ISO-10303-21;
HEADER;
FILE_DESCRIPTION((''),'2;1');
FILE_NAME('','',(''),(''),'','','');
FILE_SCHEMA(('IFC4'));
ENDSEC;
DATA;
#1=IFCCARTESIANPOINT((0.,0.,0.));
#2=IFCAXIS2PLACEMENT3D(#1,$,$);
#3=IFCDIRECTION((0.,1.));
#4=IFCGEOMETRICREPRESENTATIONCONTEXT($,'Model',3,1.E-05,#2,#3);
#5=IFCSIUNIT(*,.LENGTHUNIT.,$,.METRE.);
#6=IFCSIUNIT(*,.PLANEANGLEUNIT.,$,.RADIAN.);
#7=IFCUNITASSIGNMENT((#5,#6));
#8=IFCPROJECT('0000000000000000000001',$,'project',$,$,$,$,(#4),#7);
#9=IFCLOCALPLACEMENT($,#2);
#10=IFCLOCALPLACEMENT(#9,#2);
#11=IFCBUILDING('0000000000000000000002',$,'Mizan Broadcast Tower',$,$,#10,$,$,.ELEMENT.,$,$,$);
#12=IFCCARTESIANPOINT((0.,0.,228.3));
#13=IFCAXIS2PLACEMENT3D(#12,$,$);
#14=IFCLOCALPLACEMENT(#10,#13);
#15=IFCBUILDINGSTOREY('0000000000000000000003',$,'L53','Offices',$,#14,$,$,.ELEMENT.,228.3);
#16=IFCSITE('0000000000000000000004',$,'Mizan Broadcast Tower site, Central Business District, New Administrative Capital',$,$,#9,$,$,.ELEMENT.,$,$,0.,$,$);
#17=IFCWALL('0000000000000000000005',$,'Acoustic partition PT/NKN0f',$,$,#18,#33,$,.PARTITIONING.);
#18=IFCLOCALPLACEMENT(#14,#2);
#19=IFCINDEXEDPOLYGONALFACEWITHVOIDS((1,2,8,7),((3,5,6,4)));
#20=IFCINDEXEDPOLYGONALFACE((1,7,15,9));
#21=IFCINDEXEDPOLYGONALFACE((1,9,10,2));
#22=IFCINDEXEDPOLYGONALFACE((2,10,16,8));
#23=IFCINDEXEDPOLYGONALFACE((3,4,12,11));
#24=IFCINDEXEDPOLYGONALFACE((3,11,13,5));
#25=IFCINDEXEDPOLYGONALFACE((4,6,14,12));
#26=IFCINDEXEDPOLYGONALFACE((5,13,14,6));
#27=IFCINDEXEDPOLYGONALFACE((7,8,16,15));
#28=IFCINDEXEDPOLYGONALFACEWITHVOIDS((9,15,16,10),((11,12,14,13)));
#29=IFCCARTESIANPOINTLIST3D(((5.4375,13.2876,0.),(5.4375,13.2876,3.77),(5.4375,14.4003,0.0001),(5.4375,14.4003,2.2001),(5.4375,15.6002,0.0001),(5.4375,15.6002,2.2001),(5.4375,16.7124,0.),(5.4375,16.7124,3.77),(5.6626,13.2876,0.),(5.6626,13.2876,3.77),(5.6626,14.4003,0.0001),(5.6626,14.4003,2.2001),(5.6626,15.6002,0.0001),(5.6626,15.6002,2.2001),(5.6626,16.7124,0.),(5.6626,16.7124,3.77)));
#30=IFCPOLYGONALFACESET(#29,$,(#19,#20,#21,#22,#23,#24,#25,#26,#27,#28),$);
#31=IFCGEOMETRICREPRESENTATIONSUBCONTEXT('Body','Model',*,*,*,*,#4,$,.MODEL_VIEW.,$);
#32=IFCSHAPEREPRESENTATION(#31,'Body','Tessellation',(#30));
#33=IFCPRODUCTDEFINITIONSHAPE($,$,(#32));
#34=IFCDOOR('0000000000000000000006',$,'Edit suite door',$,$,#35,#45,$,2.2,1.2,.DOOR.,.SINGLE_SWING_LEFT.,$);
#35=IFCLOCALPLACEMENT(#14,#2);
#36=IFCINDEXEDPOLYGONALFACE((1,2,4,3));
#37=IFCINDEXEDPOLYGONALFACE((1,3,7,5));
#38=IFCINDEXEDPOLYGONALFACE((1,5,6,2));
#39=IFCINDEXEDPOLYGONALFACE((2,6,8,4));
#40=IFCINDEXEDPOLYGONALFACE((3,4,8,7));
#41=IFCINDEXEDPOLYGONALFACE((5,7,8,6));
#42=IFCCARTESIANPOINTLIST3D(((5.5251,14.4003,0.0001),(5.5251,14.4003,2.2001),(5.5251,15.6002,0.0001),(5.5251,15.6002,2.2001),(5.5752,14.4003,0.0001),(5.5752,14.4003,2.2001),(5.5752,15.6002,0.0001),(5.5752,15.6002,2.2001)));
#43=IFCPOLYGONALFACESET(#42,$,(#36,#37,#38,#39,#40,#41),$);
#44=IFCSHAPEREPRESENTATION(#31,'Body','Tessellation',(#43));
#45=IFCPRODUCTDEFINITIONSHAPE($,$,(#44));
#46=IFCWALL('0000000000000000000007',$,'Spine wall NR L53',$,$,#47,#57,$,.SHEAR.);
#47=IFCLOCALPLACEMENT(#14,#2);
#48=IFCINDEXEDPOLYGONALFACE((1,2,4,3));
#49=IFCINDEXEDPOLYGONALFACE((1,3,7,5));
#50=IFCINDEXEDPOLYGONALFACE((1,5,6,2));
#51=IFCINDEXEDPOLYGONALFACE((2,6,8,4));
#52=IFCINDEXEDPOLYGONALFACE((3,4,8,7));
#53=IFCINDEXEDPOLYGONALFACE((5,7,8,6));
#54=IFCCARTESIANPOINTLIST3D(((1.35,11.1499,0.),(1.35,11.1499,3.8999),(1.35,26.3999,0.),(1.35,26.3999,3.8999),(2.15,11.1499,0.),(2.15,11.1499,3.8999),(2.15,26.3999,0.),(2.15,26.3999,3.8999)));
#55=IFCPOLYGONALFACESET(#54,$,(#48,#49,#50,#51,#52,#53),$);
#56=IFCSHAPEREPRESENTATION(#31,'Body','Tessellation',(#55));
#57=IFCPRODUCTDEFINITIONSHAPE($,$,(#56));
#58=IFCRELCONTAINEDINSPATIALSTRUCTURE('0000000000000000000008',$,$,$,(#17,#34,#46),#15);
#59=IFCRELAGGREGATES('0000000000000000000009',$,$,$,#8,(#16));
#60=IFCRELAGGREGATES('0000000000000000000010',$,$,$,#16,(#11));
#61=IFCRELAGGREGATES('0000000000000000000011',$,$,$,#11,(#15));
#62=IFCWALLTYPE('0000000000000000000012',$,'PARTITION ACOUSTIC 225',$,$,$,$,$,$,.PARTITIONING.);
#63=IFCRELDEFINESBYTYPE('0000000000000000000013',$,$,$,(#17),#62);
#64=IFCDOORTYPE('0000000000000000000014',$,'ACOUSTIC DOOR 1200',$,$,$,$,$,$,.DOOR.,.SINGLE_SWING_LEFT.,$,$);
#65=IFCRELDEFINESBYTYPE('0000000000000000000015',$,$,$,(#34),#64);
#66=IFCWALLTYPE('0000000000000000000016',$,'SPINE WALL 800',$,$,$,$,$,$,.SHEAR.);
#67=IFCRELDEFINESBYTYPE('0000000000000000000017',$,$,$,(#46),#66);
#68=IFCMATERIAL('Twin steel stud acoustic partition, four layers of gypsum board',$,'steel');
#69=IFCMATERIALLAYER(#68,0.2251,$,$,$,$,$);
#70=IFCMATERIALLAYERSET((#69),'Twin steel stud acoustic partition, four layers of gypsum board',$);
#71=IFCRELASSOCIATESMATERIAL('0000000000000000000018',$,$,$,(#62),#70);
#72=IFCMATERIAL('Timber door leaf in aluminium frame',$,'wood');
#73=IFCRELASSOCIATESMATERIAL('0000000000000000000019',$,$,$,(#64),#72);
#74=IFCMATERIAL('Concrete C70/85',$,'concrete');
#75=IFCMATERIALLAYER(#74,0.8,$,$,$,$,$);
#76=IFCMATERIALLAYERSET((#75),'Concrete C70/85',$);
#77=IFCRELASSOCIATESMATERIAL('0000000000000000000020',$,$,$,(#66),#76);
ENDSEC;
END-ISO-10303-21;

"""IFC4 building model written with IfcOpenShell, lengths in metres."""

from ifc_helpers import new_model, si_unit, direction, frame, frame_2d, origin, place, context, subcontext, project, spatial, rectangle, extrude, material, layer, layer_set, type_object, element, fill, save


model = new_model("IFC4")

# Units and contexts
model_context = context("Model", 3, precision=1e-05, world=origin(), true_north=direction((0.0, 1.0)))
body_context = subcontext(model_context, "Body", "Model", "MODEL_VIEW")
ifc_project = project(units=[si_unit("LENGTHUNIT", "METRE"), si_unit("PLANEANGLEUNIT", "RADIAN")], contexts=[model_context])

# Site, building, storey
site_placement = place(None, origin())
site = spatial("IfcSite", under=ifc_project, at=site_placement, Name="Mizan Broadcast Tower site, Central Business District, New Administrative Capital", CompositionType="ELEMENT", RefElevation=0.0)
building_placement = place(site_placement, origin())
building = spatial("IfcBuilding", under=site, at=building_placement, Name="Mizan Broadcast Tower", CompositionType="ELEMENT")
storey_placement = place(building_placement, frame((0.0, 0.0, 228.3)))
storey = spatial("IfcBuildingStorey", under=building, at=storey_placement, Name="L53", Description="Offices", CompositionType="ELEMENT", Elevation=228.3)

# Shared definitions
ifc_material_1 = material(Name="Twin steel stud acoustic partition, four layers of gypsum board", Category="steel")
ifc_layer_1 = layer(ifc_material_1, 0.2251)
ifc_layer_set_1 = layer_set([ifc_layer_1], Name="Twin steel stud acoustic partition, four layers of gypsum board")
wall_type_1 = type_object("IfcWallType", Name="PARTITION ACOUSTIC 225", PredefinedType="PARTITIONING", material=ifc_layer_set_1)

# Wall, opening, door
wall_1_placement = place(storey_placement, frame((5.55, 13.2876, 0.0), z_axis=(0.0, 0.0, 1.0), x_axis=(0.0, 1.0, 0.0)))
wall_1 = element("IfcWall", 1, at=wall_1_placement, inside=storey, type_object=wall_type_1, Name="Acoustic partition PT/NKN0f", PredefinedType="PARTITIONING", context=body_context, shape_type="SweptSolid", body=[
    extrude(rectangle(XDim=3.4248, YDim=0.2251, at=frame_2d((1.7124, 0.0))), origin(), (0.0, 0.0, 1.0), 3.77),
])
opening_1_placement = place(wall_1_placement, frame((1.1125, 0.0, 0.0)))
opening_1 = element("IfcOpeningElement", 2, at=opening_1_placement, cuts=wall_1, PredefinedType="OPENING", context=body_context, shape_type="SweptSolid", body=[
    extrude(rectangle(XDim=1.2, YDim=2.2, at=frame_2d((0.6001, 1.1001))), frame((0.0, 0.1226, 0.0), z_axis=(0.0, -1.0, 0.0), x_axis=(1.0, 0.0, 0.0)), (0.0, 0.0, 1.0), 0.2451),
])
ifc_material_2 = material(Name="Timber door leaf in aluminium frame", Category="wood")
door_type_1 = type_object("IfcDoorType", Name="ACOUSTIC DOOR 1200", OperationType="SINGLE_SWING_LEFT", PredefinedType="DOOR", material=ifc_material_2)
door_1_placement = place(opening_1_placement, origin())
door_1 = element("IfcDoor", 3, at=door_1_placement, inside=storey, type_object=door_type_1, Name="Edit suite door", OperationType="SINGLE_SWING_LEFT", OverallHeight=2.2, OverallWidth=1.2, PredefinedType="DOOR", context=body_context, shape_type="SweptSolid", body=[
    extrude(rectangle(XDim=1.2, YDim=2.2, at=frame_2d((0.6001, 1.1001))), frame((0.0, 0.0249, 0.0), z_axis=(0.0, -1.0, 0.0), x_axis=(1.0, 0.0, 0.0)), (0.0, 0.0, 1.0), 0.05),
])
fill(opening_1, door_1)

# Wall
ifc_material_3 = material(Name="Concrete C70/85", Category="concrete")
ifc_layer_2 = layer(ifc_material_3, 0.8)
ifc_layer_set_2 = layer_set([ifc_layer_2], Name="Concrete C70/85")
wall_type_2 = type_object("IfcWallType", Name="SPINE WALL 800", PredefinedType="SHEAR", material=ifc_layer_set_2)
wall_2_placement = place(storey_placement, frame((1.75, 11.1499, 0.0), z_axis=(0.0, 0.0, 1.0), x_axis=(0.0, 1.0, 0.0)))
element("IfcWall", 4, at=wall_2_placement, inside=storey, type_object=wall_type_2, Name="Spine wall NR L53", PredefinedType="SHEAR", context=body_context, shape_type="SweptSolid", body=[
    extrude(rectangle(XDim=15.25, YDim=0.8, at=frame_2d((7.625, 0.0))), origin(), (0.0, 0.0, 1.0), 3.8999),
])

save(model, "model.ifc")
